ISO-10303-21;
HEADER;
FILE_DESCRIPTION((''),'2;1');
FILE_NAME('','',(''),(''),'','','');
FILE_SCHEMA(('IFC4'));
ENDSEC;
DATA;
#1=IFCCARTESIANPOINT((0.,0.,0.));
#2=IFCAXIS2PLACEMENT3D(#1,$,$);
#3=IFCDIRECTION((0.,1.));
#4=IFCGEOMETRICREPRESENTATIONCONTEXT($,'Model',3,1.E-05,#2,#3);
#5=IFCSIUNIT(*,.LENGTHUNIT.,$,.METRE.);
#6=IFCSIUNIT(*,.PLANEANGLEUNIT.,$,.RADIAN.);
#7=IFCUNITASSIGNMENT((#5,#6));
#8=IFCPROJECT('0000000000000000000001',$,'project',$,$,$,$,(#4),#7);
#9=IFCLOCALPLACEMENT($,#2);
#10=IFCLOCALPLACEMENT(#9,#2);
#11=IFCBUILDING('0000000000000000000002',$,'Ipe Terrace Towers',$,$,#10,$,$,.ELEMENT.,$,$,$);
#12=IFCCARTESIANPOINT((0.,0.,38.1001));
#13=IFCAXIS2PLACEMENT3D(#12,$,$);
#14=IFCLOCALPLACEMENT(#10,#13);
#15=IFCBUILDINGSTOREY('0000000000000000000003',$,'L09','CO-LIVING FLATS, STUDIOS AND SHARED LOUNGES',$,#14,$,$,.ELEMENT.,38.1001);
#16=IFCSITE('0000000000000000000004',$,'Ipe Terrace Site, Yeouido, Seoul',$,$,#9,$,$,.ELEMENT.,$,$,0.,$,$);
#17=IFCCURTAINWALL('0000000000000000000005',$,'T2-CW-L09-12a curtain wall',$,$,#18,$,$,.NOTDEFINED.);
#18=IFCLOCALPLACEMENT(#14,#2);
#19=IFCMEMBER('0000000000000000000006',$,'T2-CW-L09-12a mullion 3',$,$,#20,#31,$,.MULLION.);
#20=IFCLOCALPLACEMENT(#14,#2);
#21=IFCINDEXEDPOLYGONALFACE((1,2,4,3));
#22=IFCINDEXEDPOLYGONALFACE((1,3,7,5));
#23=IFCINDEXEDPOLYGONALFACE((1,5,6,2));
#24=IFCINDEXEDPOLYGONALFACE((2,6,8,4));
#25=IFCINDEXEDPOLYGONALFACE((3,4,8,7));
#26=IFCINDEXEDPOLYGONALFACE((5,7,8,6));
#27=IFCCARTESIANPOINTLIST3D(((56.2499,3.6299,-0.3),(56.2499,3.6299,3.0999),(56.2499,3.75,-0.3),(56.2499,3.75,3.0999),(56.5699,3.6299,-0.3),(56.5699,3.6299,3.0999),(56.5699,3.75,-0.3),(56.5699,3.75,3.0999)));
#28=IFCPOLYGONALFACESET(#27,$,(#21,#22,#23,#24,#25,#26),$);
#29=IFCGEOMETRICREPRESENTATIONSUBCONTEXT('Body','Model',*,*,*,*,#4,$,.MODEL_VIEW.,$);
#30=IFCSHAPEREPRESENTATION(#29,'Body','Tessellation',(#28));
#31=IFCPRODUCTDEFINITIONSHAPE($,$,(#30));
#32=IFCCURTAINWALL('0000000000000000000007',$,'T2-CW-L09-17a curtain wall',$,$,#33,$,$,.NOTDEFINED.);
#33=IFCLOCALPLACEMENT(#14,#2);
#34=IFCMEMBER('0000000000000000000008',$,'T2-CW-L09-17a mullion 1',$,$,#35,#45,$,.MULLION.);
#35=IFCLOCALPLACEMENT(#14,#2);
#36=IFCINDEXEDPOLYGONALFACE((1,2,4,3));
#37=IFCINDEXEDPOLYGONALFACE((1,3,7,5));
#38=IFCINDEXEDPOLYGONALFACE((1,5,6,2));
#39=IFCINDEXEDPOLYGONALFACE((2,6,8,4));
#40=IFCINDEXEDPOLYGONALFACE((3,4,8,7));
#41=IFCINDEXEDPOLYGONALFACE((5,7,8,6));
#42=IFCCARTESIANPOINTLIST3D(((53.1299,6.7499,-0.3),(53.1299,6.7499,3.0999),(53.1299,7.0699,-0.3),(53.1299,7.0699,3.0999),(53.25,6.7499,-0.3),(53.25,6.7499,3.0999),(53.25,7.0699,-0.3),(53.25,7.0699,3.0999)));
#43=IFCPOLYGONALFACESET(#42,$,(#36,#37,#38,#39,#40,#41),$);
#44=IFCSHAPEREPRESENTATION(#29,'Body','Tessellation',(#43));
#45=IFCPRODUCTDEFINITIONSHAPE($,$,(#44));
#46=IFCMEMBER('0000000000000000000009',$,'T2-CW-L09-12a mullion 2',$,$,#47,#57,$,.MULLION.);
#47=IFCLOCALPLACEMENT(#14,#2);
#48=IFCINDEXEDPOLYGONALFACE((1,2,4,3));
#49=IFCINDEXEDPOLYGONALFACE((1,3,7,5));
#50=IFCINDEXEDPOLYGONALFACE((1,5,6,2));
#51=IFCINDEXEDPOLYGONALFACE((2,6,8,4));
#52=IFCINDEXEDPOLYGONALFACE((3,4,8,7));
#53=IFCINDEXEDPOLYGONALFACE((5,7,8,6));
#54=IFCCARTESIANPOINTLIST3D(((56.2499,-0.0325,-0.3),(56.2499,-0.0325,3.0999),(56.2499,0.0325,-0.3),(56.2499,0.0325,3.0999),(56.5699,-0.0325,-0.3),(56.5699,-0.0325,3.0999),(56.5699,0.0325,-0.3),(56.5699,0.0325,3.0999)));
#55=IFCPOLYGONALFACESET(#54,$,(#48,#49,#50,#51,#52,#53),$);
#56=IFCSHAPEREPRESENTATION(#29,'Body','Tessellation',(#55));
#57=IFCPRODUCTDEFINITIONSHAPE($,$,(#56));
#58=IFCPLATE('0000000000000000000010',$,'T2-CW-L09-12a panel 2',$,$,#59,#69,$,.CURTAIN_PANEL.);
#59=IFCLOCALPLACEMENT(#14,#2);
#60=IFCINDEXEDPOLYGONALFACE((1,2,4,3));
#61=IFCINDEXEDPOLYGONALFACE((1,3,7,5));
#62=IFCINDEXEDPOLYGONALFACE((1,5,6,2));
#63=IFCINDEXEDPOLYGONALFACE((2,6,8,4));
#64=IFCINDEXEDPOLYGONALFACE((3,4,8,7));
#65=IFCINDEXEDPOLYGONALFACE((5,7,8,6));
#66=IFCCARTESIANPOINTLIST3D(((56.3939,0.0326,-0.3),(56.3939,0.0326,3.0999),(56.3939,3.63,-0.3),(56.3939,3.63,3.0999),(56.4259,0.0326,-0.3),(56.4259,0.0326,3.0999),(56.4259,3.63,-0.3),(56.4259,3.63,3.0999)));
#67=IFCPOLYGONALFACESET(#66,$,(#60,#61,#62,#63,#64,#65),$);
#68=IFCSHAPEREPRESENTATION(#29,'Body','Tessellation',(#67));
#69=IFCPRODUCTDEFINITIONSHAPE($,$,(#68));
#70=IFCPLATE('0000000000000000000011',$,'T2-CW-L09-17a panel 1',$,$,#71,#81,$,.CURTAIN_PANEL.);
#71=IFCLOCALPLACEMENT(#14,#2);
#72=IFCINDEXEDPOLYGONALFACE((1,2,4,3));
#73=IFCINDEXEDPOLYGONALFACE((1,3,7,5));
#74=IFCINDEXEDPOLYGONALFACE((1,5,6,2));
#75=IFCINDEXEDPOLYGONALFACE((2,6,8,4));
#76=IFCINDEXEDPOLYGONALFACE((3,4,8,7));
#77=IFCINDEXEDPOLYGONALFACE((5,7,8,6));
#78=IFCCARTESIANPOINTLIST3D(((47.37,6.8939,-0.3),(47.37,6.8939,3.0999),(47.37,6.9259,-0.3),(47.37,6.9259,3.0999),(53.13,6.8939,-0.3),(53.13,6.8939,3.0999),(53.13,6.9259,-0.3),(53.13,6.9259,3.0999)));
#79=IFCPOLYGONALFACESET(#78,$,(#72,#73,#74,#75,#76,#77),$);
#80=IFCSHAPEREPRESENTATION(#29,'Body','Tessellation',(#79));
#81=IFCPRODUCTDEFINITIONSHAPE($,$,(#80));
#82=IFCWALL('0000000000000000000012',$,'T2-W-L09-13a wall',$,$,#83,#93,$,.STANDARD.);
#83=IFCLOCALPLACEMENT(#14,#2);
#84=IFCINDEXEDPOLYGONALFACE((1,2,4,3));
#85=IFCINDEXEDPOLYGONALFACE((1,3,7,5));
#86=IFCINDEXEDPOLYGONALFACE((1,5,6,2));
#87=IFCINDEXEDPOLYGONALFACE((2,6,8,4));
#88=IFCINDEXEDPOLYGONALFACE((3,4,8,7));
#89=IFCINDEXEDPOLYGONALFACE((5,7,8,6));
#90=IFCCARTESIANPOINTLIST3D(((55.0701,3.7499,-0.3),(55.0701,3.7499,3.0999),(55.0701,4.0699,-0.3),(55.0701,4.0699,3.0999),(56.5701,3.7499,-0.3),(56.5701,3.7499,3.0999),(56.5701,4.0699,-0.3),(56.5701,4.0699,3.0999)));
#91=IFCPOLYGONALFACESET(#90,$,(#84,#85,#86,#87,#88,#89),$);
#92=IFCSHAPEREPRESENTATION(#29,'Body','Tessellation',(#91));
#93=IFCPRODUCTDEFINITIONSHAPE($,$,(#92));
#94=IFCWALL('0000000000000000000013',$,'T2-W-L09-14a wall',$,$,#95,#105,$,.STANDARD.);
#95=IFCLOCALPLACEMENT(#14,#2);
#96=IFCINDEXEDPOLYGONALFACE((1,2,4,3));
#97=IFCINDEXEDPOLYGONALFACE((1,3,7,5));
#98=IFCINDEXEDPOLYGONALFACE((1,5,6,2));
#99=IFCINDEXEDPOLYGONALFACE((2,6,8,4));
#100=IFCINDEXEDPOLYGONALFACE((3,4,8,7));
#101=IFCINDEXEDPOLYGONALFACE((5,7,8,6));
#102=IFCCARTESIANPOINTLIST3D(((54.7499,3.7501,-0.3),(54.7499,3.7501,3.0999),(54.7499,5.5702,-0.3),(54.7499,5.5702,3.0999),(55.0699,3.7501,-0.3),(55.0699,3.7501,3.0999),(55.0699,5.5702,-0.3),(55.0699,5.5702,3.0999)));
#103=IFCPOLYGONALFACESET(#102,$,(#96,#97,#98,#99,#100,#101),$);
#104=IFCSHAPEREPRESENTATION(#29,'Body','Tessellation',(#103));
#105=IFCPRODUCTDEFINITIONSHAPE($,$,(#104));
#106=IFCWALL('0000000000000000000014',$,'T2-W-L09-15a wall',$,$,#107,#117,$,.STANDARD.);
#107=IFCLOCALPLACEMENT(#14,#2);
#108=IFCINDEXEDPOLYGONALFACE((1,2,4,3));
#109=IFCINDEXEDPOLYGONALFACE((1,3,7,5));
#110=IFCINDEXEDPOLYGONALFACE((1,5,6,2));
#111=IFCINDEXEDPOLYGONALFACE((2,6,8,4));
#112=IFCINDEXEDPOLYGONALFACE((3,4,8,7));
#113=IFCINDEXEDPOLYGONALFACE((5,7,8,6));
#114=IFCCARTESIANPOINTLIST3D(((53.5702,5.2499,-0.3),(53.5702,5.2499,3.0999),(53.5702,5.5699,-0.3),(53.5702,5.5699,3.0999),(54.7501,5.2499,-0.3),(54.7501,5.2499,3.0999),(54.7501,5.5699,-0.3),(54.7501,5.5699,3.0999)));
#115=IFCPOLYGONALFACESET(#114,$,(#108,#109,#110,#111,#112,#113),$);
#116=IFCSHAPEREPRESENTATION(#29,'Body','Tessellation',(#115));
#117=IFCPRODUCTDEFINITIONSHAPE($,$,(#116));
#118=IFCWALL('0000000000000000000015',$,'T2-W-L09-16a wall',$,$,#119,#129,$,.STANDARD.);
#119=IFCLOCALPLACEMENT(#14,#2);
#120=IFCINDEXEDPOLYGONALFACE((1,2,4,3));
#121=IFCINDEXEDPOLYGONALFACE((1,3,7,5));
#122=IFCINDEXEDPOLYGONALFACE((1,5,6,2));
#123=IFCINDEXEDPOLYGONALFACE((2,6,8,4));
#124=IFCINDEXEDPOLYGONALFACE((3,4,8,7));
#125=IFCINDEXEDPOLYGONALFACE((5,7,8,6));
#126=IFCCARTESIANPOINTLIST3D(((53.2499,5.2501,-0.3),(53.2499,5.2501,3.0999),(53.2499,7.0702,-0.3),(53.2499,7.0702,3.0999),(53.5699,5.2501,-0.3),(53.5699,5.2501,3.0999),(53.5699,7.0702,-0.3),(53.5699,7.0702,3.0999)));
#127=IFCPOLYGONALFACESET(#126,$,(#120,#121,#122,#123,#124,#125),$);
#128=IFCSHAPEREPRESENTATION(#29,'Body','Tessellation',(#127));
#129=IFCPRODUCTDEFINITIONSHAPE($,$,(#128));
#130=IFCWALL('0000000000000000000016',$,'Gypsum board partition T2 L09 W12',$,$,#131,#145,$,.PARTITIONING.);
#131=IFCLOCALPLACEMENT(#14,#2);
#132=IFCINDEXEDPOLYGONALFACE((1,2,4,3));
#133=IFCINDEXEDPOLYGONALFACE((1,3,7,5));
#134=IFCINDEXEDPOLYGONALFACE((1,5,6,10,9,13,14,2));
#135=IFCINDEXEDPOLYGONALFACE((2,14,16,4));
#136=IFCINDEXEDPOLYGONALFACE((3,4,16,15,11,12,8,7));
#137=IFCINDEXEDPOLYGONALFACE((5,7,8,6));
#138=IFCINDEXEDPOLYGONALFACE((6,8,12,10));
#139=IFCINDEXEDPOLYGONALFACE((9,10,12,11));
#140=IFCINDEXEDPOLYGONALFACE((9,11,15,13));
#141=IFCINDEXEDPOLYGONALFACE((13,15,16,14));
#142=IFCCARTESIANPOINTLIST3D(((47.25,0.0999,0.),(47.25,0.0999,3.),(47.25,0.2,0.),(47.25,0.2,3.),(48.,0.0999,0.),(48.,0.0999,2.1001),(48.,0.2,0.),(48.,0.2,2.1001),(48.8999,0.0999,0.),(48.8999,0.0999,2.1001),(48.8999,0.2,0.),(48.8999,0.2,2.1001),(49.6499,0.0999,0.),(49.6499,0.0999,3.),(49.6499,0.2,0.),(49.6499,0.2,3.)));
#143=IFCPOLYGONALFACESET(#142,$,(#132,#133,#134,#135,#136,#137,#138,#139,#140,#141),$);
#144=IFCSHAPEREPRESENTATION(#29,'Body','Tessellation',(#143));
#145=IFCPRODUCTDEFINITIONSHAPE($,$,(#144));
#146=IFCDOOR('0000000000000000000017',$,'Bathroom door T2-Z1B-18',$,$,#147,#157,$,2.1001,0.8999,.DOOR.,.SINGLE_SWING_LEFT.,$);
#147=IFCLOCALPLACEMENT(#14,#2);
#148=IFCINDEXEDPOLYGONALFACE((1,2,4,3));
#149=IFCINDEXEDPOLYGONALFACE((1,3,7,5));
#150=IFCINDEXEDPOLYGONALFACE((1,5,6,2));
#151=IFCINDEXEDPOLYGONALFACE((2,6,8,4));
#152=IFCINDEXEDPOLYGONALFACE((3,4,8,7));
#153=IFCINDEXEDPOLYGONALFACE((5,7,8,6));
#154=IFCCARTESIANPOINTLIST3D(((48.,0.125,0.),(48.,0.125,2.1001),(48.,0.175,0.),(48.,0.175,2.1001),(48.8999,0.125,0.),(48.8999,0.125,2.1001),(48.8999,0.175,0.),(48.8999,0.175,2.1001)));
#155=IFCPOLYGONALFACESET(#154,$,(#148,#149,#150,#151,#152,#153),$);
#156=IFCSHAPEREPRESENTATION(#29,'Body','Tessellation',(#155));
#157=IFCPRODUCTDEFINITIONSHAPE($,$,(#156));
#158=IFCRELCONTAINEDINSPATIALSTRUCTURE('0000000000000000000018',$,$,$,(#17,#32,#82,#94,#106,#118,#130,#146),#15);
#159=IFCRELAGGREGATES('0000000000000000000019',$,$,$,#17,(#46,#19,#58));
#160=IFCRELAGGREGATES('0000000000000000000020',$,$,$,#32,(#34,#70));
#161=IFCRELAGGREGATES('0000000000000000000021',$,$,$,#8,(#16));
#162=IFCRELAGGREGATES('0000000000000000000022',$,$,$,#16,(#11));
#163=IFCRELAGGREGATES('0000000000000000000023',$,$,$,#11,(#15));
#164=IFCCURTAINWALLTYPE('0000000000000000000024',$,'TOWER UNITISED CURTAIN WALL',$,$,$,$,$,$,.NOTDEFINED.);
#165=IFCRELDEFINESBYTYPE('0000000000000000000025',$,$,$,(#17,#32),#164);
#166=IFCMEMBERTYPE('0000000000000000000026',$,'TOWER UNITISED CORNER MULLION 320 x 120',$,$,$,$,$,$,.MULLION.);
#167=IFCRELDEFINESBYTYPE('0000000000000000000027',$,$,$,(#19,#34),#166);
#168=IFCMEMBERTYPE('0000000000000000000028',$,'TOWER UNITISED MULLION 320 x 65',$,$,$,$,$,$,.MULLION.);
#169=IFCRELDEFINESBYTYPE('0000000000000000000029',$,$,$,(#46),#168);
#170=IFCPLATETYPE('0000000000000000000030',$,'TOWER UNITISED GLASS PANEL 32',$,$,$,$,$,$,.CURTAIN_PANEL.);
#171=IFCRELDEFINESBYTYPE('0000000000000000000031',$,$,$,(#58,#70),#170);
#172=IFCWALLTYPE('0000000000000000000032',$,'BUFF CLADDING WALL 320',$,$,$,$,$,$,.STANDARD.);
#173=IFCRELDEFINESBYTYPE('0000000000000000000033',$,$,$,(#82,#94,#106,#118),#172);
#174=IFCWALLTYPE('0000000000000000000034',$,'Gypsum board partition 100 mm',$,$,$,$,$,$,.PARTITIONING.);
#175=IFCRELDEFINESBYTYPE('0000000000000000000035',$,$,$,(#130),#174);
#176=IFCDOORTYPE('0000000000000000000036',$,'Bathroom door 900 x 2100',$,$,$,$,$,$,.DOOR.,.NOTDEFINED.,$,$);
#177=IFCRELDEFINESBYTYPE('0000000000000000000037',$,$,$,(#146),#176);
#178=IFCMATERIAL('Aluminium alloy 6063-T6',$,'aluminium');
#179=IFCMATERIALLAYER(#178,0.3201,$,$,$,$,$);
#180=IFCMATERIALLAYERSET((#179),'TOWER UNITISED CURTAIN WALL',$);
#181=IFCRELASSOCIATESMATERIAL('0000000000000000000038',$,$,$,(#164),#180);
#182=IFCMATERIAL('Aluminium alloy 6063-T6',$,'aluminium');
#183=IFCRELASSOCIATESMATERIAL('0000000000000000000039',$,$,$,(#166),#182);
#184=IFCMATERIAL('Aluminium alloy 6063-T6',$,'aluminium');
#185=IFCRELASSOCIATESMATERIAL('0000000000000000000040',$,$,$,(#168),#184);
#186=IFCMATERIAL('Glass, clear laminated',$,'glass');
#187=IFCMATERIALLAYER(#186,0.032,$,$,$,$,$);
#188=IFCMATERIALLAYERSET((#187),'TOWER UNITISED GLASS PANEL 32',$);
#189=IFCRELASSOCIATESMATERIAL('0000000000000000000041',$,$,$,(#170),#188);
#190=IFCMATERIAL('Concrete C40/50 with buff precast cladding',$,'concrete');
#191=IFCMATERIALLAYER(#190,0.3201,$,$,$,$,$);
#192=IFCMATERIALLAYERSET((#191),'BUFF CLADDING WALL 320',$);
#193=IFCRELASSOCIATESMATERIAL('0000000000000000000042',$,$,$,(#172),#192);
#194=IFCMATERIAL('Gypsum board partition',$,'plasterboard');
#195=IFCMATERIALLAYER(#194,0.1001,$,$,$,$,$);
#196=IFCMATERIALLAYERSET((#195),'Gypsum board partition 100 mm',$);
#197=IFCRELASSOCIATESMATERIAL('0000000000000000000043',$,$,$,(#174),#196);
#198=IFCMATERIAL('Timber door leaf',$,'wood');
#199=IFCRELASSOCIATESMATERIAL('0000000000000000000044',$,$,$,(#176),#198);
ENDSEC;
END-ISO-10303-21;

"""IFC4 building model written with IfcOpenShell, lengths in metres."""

from ifc_helpers import new_model, si_unit, direction, frame, frame_2d, origin, origin_2d, place, context, subcontext, project, spatial, rectangle, extrude, material, layer, layer_set, material_profile, profile_set, type_object, element, fill, aggregate, save


model = new_model("IFC4")

# Units and contexts
model_context = context("Model", 3, precision=1e-05, world=origin(), true_north=direction((0.0, 1.0)))
body_context = subcontext(model_context, "Body", "Model", "MODEL_VIEW")
ifc_project = project(units=[si_unit("LENGTHUNIT", "METRE"), si_unit("PLANEANGLEUNIT", "RADIAN")], contexts=[model_context])

# Site, building, storey
site_placement = place(None, origin())
site = spatial("IfcSite", under=ifc_project, at=site_placement, Name="Ipe Terrace Site, Yeouido, Seoul", CompositionType="ELEMENT", RefElevation=0.0)
building_placement = place(site_placement, origin())
building = spatial("IfcBuilding", under=site, at=building_placement, Name="Ipe Terrace Towers", CompositionType="ELEMENT")
storey_placement = place(building_placement, frame((0.0, 0.0, 38.1001)))
storey = spatial("IfcBuildingStorey", under=building, at=storey_placement, Name="L09", Description="CO-LIVING FLATS, STUDIOS AND SHARED LOUNGES", CompositionType="ELEMENT", Elevation=38.1001)

# Curtain walls, members
ifc_material_1 = material(Name="Aluminium alloy 6063-T6", Category="aluminium")
ifc_layer_1 = layer(ifc_material_1, 0.3201)
ifc_layer_set_1 = layer_set([ifc_layer_1], Name="TOWER UNITISED CURTAIN WALL")
curtain_wall_type = type_object("IfcCurtainWallType", Name="TOWER UNITISED CURTAIN WALL", PredefinedType="NOTDEFINED", material=ifc_layer_set_1)
curtain_wall_1_placement = place(storey_placement, origin())
curtain_wall_1 = element("IfcCurtainWall", 1, at=curtain_wall_1_placement, inside=storey, type_object=curtain_wall_type, Name="T2-CW-L09-12a curtain wall", PredefinedType="NOTDEFINED")
ifc_material_2 = material(Name="Aluminium alloy 6063-T6", Category="aluminium")
ifc_material_profile_1 = material_profile(ifc_material_2, rectangle(XDim=0.3201, YDim=0.1201, at=origin_2d()), Name="TOWER UNITISED CORNER MULLION 320 x 120")
ifc_profile_set_1 = profile_set([ifc_material_profile_1], Name="Aluminium alloy 6063-T6")
member_type_1 = type_object("IfcMemberType", Name="TOWER UNITISED CORNER MULLION 320 x 120", PredefinedType="MULLION", material=ifc_profile_set_1)
member_1_placement = place(storey_placement, frame((56.4099, 3.6899, -0.3), z_axis=(0.0, 0.0, 1.0), x_axis=(1.0, 0.0, 0.0)))
member_1 = element("IfcMember", 2, at=member_1_placement, type_object=member_type_1, Name="T2-CW-L09-12a mullion 3", PredefinedType="MULLION", context=body_context, shape_type="SweptSolid", body=[
    extrude(rectangle(XDim=0.3201, YDim=0.1201, at=origin_2d()), origin(), (0.0, 0.0, 1.0), 3.3999),
])
curtain_wall_2_placement = place(storey_placement, origin())
curtain_wall_2 = element("IfcCurtainWall", 3, at=curtain_wall_2_placement, inside=storey, type_object=curtain_wall_type, Name="T2-CW-L09-17a curtain wall", PredefinedType="NOTDEFINED")
member_2_placement = place(storey_placement, frame((53.1899, 6.9099, -0.3), z_axis=(0.0, 0.0, 1.0), x_axis=(0.0, 1.0, 0.0)))
member_2 = element("IfcMember", 4, at=member_2_placement, type_object=member_type_1, Name="T2-CW-L09-17a mullion 1", PredefinedType="MULLION", context=body_context, shape_type="SweptSolid", body=[
    extrude(rectangle(XDim=0.3201, YDim=0.1201, at=origin_2d()), origin(), (0.0, 0.0, 1.0), 3.3999),
])

# Member
ifc_material_3 = material(Name="Aluminium alloy 6063-T6", Category="aluminium")
ifc_material_profile_2 = material_profile(ifc_material_3, rectangle(XDim=0.3201, YDim=0.0649, at=origin_2d()), Name="TOWER UNITISED MULLION 320 x 65")
ifc_profile_set_2 = profile_set([ifc_material_profile_2], Name="Aluminium alloy 6063-T6")
member_type_2 = type_object("IfcMemberType", Name="TOWER UNITISED MULLION 320 x 65", PredefinedType="MULLION", material=ifc_profile_set_2)
member_3_placement = place(storey_placement, frame((56.4099, 0.0, -0.3), z_axis=(0.0, 0.0, 1.0), x_axis=(1.0, 0.0, 0.0)))
member_3 = element("IfcMember", 5, at=member_3_placement, type_object=member_type_2, Name="T2-CW-L09-12a mullion 2", PredefinedType="MULLION", context=body_context, shape_type="SweptSolid", body=[
    extrude(rectangle(XDim=0.3201, YDim=0.0649, at=origin_2d()), origin(), (0.0, 0.0, 1.0), 3.3999),
])

# Plates
ifc_material_4 = material(Name="Glass, clear laminated", Category="glass")
ifc_layer_2 = layer(ifc_material_4, 0.032)
ifc_layer_set_2 = layer_set([ifc_layer_2], Name="TOWER UNITISED GLASS PANEL 32")
plate_type = type_object("IfcPlateType", Name="TOWER UNITISED GLASS PANEL 32", PredefinedType="CURTAIN_PANEL", material=ifc_layer_set_2)
plate_1_placement = place(storey_placement, frame((56.4099, 1.8313, -0.3), z_axis=(0.0, 0.0, 1.0), x_axis=(0.0, 1.0, 0.0)))
plate_1 = element("IfcPlate", 6, at=plate_1_placement, type_object=plate_type, Name="T2-CW-L09-12a panel 2", PredefinedType="CURTAIN_PANEL", context=body_context, shape_type="SweptSolid", body=[
    extrude(rectangle(XDim=3.5974, YDim=0.032, at=origin_2d()), origin(), (0.0, 0.0, 1.0), 3.3999),
])
aggregate(curtain_wall_1, [member_3, member_1, plate_1])
plate_2_placement = place(storey_placement, frame((50.25, 6.9099, -0.3), z_axis=(0.0, 0.0, 1.0), x_axis=(-1.0, 0.0, 0.0)))
plate_2 = element("IfcPlate", 7, at=plate_2_placement, type_object=plate_type, Name="T2-CW-L09-17a panel 1", PredefinedType="CURTAIN_PANEL", context=body_context, shape_type="SweptSolid", body=[
    extrude(rectangle(XDim=5.76, YDim=0.032, at=origin_2d()), origin(), (0.0, 0.0, 1.0), 3.3999),
])
aggregate(curtain_wall_2, [member_2, plate_2])

# Walls
ifc_material_5 = material(Name="Concrete C40/50 with buff precast cladding", Category="concrete")
ifc_layer_3 = layer(ifc_material_5, 0.3201)
ifc_layer_set_3 = layer_set([ifc_layer_3], Name="BUFF CLADDING WALL 320")
wall_type_1 = type_object("IfcWallType", Name="BUFF CLADDING WALL 320", PredefinedType="STANDARD", material=ifc_layer_set_3)
wall_1_placement = place(storey_placement, frame((56.5701, 3.9099, -0.3), z_axis=(0.0, 0.0, 1.0), x_axis=(-1.0, 0.0, 0.0)))
element("IfcWall", 8, at=wall_1_placement, inside=storey, type_object=wall_type_1, Name="T2-W-L09-13a wall", PredefinedType="STANDARD", context=body_context, shape_type="SweptSolid", body=[
    extrude(rectangle(XDim=1.5, YDim=0.3201, at=frame_2d((0.75, 0.0))), origin(), (0.0, 0.0, 1.0), 3.3999),
])
wall_2_placement = place(storey_placement, frame((54.9099, 3.75, -0.3), z_axis=(0.0, 0.0, 1.0), x_axis=(0.0, 1.0, 0.0)))
element("IfcWall", 9, at=wall_2_placement, inside=storey, type_object=wall_type_1, Name="T2-W-L09-14a wall", PredefinedType="STANDARD", context=body_context, shape_type="SweptSolid", body=[
    extrude(rectangle(XDim=1.8201, YDim=0.3201, at=frame_2d((0.9102, 0.0))), origin(), (0.0, 0.0, 1.0), 3.3999),
])
wall_3_placement = place(storey_placement, frame((54.75, 5.4099, -0.3), z_axis=(0.0, 0.0, 1.0), x_axis=(-1.0, 0.0, 0.0)))
element("IfcWall", 10, at=wall_3_placement, inside=storey, type_object=wall_type_1, Name="T2-W-L09-15a wall", PredefinedType="STANDARD", context=body_context, shape_type="SweptSolid", body=[
    extrude(rectangle(XDim=1.1799, YDim=0.3201, at=frame_2d((0.5898, 0.0))), origin(), (0.0, 0.0, 1.0), 3.3999),
])
wall_4_placement = place(storey_placement, frame((53.4099, 5.25, -0.3), z_axis=(0.0, 0.0, 1.0), x_axis=(0.0, 1.0, 0.0)))
element("IfcWall", 11, at=wall_4_placement, inside=storey, type_object=wall_type_1, Name="T2-W-L09-16a wall", PredefinedType="STANDARD", context=body_context, shape_type="SweptSolid", body=[
    extrude(rectangle(XDim=1.8201, YDim=0.3201, at=frame_2d((0.9102, 0.0))), origin(), (0.0, 0.0, 1.0), 3.3999),
])

# Wall, opening, door
ifc_material_6 = material(Name="Gypsum board partition", Category="plasterboard")
ifc_layer_4 = layer(ifc_material_6, 0.1001)
ifc_layer_set_4 = layer_set([ifc_layer_4], Name="Gypsum board partition 100 mm")
wall_type_2 = type_object("IfcWallType", Name="Gypsum board partition 100 mm", PredefinedType="PARTITIONING", material=ifc_layer_set_4)
wall_5_placement = place(storey_placement, frame((49.6499, 0.1499, 0.0), z_axis=(0.0, 0.0, 1.0), x_axis=(-1.0, 0.0, 0.0)))
wall_5 = element("IfcWall", 12, at=wall_5_placement, inside=storey, type_object=wall_type_2, Name="Gypsum board partition T2 L09 W12", PredefinedType="PARTITIONING", context=body_context, shape_type="SweptSolid", body=[
    extrude(rectangle(XDim=2.3999, YDim=0.1001, at=frame_2d((1.2, 0.0))), origin(), (0.0, 0.0, 1.0), 3.0),
])
opening_1_placement = place(wall_5_placement, frame((0.75, 0.0, 0.0)))
opening_1 = element("IfcOpeningElement", 13, at=opening_1_placement, cuts=wall_5, PredefinedType="OPENING", context=body_context, shape_type="SweptSolid", body=[
    extrude(rectangle(XDim=0.8999, YDim=2.1001, at=frame_2d((0.45, 1.05))), frame((0.0, 0.0601, 0.0), z_axis=(0.0, -1.0, 0.0), x_axis=(1.0, 0.0, 0.0)), (0.0, 0.0, 1.0), 0.1201),
])
ifc_material_7 = material(Name="Timber door leaf", Category="wood")
door_type_1 = type_object("IfcDoorType", Name="Bathroom door 900 x 2100", OperationType="NOTDEFINED", PredefinedType="DOOR", material=ifc_material_7)
door_1_placement = place(opening_1_placement, origin())
door_1 = element("IfcDoor", 14, at=door_1_placement, inside=storey, type_object=door_type_1, Name="Bathroom door T2-Z1B-18", OperationType="SINGLE_SWING_LEFT", OverallHeight=2.1001, OverallWidth=0.8999, PredefinedType="DOOR", context=body_context, shape_type="SweptSolid", body=[
    extrude(rectangle(XDim=0.8999, YDim=2.1001, at=frame_2d((0.45, 1.05))), frame((0.0, 0.0249, 0.0), z_axis=(0.0, -1.0, 0.0), x_axis=(1.0, 0.0, 0.0)), (0.0, 0.0, 1.0), 0.05),
])
fill(opening_1, door_1)

save(model, "model.ifc")
